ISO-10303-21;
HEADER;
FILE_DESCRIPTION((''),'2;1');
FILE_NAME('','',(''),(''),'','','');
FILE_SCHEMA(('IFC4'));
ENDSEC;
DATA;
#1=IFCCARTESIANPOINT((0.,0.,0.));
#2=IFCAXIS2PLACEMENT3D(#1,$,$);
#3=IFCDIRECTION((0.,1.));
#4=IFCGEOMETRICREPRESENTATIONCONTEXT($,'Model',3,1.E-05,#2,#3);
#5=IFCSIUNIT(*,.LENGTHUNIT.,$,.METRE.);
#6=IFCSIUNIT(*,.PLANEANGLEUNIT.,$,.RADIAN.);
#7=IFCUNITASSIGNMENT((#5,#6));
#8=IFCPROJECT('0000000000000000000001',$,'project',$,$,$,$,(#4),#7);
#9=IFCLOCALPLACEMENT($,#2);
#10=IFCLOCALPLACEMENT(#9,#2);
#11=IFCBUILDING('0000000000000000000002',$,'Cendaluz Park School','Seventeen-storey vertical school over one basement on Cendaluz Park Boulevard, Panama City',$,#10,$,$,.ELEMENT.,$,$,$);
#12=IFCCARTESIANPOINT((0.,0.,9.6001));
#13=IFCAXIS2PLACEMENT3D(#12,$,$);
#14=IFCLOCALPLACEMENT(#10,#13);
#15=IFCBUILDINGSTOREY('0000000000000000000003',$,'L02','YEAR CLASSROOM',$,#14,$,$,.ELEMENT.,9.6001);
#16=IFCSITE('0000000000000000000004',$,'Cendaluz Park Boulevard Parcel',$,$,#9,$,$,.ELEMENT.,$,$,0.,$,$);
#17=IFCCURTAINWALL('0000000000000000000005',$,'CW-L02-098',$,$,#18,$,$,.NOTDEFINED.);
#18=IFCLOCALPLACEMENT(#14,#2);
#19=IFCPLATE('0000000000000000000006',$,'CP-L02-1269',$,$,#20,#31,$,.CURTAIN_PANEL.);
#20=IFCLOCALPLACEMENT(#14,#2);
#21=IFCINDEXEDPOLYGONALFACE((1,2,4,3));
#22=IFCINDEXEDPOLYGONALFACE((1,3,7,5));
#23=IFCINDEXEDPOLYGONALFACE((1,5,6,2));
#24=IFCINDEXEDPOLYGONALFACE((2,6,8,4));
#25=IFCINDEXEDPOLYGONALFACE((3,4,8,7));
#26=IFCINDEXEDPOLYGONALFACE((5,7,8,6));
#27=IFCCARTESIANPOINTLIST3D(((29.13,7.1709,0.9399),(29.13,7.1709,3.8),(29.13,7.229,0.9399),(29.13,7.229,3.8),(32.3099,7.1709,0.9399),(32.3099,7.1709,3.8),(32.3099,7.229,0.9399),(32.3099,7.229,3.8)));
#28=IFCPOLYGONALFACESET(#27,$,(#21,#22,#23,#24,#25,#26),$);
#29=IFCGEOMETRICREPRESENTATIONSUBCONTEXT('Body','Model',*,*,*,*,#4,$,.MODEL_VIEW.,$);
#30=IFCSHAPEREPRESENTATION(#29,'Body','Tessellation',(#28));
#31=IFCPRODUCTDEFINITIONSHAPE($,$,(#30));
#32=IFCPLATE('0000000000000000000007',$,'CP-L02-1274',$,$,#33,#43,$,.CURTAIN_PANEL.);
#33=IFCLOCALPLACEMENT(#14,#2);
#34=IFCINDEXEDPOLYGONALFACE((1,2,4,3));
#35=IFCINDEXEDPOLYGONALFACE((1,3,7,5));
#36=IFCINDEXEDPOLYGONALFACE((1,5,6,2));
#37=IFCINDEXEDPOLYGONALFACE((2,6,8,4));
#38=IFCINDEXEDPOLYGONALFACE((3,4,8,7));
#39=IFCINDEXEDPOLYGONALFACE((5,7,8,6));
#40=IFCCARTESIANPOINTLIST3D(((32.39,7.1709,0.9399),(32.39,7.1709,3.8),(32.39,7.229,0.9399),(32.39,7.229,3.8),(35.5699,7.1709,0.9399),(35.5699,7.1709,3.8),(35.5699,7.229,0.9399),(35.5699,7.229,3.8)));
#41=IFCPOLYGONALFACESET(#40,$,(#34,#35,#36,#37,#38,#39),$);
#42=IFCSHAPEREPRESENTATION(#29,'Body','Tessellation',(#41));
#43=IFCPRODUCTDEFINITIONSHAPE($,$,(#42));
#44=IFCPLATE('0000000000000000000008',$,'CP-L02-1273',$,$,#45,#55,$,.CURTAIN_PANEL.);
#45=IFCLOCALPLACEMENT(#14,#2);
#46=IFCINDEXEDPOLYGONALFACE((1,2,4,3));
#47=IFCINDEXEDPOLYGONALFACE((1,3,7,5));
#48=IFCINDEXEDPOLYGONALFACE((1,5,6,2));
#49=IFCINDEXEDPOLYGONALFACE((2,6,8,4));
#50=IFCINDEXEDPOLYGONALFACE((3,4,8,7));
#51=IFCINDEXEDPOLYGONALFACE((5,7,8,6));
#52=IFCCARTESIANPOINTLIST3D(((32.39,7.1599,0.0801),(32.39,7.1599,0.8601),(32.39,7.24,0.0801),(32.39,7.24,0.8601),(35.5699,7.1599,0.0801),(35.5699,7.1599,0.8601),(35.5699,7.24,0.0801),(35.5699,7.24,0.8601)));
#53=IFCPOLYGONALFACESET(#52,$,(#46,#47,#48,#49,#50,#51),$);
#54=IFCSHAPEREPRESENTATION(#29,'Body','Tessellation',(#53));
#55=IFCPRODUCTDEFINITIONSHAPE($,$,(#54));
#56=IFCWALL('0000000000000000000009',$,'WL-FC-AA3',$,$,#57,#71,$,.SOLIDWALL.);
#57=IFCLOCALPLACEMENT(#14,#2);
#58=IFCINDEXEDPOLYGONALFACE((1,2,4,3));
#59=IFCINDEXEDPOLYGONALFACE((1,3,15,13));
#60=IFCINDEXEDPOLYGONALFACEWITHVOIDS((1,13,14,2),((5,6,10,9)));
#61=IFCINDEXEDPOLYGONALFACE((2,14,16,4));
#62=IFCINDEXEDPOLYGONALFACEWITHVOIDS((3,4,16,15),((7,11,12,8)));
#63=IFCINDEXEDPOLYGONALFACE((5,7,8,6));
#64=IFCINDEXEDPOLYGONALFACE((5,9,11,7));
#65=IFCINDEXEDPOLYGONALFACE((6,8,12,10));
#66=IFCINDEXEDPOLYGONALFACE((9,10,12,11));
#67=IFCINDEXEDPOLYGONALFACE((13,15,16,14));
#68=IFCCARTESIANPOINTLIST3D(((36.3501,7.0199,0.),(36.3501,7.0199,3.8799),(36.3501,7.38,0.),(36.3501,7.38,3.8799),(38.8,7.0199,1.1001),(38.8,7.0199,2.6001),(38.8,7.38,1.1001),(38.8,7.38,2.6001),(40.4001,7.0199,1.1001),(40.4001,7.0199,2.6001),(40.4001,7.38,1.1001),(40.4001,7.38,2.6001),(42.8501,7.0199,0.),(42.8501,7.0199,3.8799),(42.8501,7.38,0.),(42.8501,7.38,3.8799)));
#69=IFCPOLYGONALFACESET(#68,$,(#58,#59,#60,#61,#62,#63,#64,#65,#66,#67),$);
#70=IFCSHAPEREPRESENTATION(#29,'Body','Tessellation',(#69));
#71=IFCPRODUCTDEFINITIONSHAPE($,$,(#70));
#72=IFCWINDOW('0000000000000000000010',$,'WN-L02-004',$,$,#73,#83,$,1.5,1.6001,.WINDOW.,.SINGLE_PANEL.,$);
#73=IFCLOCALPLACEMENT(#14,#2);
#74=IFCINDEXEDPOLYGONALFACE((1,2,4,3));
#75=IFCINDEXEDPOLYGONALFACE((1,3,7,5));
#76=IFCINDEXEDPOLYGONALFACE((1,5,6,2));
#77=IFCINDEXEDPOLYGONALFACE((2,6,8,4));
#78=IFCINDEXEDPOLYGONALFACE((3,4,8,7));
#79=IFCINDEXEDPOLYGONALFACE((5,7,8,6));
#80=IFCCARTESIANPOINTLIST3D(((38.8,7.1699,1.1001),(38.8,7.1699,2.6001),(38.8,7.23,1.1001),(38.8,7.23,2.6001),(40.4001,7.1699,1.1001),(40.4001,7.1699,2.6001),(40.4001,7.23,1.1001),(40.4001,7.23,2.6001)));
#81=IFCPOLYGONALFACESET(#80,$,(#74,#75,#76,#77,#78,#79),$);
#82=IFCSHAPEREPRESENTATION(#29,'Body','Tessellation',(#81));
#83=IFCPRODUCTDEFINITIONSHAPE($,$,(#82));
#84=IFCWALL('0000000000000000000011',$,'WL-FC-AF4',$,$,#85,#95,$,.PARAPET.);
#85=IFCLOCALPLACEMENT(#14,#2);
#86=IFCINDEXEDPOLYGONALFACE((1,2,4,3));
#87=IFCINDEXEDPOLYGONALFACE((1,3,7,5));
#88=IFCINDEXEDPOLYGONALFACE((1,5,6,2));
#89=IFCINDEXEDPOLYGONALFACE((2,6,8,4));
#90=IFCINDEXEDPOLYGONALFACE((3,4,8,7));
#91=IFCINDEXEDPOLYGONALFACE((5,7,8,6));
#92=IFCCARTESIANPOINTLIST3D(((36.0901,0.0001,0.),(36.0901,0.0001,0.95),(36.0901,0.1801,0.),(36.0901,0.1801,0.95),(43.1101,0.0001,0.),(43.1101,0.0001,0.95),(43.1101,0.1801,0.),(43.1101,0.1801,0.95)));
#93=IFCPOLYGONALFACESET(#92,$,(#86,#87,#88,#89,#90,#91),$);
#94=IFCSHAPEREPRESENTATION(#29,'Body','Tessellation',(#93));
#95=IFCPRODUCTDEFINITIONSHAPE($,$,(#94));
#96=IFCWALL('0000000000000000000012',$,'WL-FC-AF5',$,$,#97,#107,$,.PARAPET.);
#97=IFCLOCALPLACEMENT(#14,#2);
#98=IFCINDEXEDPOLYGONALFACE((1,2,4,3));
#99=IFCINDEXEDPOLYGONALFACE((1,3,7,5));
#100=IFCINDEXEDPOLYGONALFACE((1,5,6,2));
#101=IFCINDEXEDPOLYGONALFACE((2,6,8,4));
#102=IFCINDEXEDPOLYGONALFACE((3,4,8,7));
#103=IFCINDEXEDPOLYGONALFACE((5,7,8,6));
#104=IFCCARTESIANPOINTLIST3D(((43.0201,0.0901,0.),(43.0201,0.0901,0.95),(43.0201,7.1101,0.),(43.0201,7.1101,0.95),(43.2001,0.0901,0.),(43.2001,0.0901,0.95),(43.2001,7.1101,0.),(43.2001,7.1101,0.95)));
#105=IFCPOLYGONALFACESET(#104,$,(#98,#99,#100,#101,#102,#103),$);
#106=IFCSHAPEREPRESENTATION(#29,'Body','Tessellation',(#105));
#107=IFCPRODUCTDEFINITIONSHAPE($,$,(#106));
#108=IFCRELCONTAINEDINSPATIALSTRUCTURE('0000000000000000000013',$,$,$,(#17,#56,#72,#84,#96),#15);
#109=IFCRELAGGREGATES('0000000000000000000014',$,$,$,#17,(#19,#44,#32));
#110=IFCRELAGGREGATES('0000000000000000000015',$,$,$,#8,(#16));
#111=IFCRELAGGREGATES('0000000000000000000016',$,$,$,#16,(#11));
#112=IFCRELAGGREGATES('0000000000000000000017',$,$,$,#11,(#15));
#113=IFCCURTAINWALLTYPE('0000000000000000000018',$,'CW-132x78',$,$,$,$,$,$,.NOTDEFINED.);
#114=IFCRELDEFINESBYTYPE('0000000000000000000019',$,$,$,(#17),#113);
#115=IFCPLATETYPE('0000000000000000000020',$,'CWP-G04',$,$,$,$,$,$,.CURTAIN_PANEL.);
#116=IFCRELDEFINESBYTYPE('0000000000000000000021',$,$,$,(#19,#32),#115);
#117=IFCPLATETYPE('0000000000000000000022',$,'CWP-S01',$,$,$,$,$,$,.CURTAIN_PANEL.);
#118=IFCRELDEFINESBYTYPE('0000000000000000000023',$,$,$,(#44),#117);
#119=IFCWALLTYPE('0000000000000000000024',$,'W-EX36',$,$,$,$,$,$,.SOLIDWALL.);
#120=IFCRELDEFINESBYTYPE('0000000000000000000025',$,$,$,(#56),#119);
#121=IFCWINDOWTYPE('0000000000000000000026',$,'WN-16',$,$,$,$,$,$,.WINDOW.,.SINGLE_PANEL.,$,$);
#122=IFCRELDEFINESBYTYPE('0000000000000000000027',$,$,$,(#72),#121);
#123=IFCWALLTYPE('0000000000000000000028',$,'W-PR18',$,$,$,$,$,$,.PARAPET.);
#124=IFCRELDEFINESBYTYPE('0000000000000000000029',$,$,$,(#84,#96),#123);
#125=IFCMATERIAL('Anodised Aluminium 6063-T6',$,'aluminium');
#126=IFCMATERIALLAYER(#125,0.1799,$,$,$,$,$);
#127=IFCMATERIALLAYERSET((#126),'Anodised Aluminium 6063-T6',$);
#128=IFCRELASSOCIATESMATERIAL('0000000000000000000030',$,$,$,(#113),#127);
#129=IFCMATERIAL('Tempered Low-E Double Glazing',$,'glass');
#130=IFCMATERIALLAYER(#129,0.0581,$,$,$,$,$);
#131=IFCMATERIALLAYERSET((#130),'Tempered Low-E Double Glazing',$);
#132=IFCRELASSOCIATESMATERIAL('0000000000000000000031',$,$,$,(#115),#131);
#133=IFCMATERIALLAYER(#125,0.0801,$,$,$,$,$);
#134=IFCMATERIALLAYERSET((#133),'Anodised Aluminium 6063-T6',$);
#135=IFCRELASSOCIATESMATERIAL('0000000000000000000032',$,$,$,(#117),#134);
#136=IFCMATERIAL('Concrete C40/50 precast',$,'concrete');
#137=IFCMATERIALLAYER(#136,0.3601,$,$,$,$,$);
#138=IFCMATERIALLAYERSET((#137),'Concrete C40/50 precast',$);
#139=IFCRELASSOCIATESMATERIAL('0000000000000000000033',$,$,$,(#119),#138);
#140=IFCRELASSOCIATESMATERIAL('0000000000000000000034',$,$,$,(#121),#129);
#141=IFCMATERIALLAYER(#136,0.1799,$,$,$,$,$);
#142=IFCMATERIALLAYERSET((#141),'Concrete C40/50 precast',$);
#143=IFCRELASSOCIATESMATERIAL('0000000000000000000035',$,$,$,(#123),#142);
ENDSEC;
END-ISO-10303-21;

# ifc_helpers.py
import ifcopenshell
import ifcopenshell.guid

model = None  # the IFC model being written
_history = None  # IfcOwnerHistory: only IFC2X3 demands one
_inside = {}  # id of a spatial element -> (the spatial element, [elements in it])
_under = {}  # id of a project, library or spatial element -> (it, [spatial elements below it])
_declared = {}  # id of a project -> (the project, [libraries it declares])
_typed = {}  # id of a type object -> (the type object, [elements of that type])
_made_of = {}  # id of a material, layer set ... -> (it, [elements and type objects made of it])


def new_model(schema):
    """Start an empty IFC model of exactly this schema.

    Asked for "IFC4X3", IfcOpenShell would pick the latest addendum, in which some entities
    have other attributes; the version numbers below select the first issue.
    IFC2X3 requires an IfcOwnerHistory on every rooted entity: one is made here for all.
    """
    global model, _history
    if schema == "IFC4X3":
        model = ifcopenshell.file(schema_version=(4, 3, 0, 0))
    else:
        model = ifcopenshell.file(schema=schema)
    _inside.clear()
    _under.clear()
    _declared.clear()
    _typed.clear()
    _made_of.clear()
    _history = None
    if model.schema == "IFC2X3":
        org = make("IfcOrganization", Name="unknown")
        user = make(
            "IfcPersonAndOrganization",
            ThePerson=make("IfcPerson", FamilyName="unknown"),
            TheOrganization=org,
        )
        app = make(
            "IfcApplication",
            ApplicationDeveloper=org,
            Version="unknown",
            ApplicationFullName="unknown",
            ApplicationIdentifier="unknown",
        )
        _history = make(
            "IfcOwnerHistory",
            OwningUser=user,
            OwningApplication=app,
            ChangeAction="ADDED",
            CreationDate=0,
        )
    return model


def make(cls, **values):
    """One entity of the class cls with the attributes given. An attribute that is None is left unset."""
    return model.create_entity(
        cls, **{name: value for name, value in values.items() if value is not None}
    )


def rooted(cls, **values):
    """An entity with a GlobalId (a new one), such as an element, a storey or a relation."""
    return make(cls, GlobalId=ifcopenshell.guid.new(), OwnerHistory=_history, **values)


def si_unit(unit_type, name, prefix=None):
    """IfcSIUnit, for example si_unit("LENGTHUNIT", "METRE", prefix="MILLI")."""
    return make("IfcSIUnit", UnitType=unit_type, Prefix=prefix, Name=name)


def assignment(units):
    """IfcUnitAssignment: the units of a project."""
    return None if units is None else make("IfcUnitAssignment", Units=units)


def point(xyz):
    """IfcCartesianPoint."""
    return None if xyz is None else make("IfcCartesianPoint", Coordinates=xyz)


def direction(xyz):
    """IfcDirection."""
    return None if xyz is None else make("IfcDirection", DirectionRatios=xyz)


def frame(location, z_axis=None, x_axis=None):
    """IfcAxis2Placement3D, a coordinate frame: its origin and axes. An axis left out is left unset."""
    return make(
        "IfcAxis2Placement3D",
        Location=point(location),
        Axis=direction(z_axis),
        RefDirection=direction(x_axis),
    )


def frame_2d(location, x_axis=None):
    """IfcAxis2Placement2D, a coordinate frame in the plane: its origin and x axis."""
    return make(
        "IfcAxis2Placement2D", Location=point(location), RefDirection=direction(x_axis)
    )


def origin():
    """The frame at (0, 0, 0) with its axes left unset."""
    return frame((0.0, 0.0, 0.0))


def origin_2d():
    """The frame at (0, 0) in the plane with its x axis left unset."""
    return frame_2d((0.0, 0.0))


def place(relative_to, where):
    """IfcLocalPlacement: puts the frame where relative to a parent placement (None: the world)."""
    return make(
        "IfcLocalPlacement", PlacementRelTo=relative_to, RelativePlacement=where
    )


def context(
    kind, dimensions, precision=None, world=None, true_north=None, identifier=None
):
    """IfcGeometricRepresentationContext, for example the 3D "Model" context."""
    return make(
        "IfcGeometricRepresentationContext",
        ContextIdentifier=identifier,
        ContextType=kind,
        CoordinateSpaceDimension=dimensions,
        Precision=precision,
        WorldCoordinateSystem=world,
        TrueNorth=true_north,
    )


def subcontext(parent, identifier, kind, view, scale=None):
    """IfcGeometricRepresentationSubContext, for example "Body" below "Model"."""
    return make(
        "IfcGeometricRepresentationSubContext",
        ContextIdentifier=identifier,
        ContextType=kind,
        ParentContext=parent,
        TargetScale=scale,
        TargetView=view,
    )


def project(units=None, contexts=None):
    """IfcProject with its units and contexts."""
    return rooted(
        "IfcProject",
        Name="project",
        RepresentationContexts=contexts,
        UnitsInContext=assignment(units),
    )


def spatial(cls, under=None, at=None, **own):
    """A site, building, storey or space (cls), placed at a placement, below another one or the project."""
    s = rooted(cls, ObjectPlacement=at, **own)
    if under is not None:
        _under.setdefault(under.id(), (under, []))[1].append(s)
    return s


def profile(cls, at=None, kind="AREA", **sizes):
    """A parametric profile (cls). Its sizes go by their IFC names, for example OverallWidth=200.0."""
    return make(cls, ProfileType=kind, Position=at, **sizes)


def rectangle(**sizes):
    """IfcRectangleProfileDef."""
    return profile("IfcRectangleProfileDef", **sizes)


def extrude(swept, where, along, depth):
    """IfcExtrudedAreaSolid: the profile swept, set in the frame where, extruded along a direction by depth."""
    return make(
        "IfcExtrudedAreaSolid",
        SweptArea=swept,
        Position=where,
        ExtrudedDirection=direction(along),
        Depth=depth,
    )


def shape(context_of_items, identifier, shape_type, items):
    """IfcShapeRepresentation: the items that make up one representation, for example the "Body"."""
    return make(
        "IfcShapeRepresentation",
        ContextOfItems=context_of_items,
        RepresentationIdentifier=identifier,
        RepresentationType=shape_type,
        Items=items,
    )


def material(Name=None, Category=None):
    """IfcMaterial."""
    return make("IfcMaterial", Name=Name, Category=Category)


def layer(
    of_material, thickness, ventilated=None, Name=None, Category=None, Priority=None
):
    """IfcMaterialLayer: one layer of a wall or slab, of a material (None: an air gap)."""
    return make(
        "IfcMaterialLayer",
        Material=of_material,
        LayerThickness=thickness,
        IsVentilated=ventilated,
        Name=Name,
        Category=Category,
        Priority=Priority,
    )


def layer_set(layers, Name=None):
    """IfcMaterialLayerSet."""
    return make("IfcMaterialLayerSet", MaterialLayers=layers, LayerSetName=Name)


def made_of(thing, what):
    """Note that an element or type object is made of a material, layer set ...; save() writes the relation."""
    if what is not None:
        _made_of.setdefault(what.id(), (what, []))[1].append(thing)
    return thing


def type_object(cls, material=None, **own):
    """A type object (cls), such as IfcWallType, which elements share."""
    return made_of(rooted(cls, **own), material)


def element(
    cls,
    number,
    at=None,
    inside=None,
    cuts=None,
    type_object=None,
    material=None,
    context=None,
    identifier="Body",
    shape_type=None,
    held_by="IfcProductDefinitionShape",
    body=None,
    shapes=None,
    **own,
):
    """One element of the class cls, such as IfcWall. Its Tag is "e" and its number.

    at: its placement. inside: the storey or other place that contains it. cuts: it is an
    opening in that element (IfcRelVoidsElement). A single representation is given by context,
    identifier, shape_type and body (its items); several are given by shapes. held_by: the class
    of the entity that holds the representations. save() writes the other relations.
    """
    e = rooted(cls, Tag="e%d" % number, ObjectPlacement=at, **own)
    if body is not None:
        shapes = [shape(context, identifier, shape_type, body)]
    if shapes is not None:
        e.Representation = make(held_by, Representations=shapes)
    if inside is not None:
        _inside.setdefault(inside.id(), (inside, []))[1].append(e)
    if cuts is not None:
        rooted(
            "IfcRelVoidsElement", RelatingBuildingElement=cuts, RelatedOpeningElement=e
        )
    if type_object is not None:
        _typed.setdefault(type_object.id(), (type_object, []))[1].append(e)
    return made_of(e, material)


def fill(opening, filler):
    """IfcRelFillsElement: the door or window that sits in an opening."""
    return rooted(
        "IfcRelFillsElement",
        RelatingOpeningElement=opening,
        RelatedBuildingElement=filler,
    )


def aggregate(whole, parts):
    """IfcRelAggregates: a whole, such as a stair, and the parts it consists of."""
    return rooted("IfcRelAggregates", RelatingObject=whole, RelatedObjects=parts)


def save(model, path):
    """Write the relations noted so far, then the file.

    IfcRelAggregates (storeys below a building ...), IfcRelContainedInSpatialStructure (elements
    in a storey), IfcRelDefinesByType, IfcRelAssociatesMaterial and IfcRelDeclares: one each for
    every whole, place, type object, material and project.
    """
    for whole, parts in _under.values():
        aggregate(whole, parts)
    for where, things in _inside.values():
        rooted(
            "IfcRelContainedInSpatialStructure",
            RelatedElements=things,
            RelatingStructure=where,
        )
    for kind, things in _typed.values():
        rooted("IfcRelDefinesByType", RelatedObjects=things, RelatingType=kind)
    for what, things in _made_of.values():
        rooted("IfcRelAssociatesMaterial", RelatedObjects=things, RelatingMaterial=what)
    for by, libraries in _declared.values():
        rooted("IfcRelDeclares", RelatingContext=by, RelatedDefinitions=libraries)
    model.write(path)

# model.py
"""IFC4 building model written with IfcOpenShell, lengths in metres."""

from ifc_helpers import new_model, si_unit, direction, frame, frame_2d, origin, origin_2d, place, context, subcontext, project, spatial, rectangle, extrude, material, layer, layer_set, type_object, element, fill, aggregate, save


model = new_model("IFC4")

# Units and contexts
model_context = context("Model", 3, precision=1e-05, world=origin(), true_north=direction((0.0, 1.0)))
body_context = subcontext(model_context, "Body", "Model", "MODEL_VIEW")
ifc_project = project(units=[si_unit("LENGTHUNIT", "METRE"), si_unit("PLANEANGLEUNIT", "RADIAN")], contexts=[model_context])

# Site, building, storey
site_placement = place(None, origin())
site = spatial("IfcSite", under=ifc_project, at=site_placement, Name="Cendaluz Park Boulevard Parcel", CompositionType="ELEMENT", RefElevation=0.0)
building_placement = place(site_placement, origin())
building = spatial("IfcBuilding", under=site, at=building_placement, Name="Cendaluz Park School", Description="Seventeen-storey vertical school over one basement on Cendaluz Park Boulevard, Panama City", CompositionType="ELEMENT")
storey_placement = place(building_placement, frame((0.0, 0.0, 9.6001)))
storey = spatial("IfcBuildingStorey", under=building, at=storey_placement, Name="L02", Description="YEAR CLASSROOM", CompositionType="ELEMENT", Elevation=9.6001)

# Curtain wall
ifc_material_1 = material(Name="Anodised Aluminium 6063-T6", Category="aluminium")
ifc_layer_1 = layer(ifc_material_1, 0.1799)
ifc_layer_set_1 = layer_set([ifc_layer_1], Name="Anodised Aluminium 6063-T6")
curtain_wall_type = type_object("IfcCurtainWallType", Name="CW-132x78", PredefinedType="NOTDEFINED", material=ifc_layer_set_1)
curtain_wall_placement = place(storey_placement, origin())
curtain_wall = element("IfcCurtainWall", 1, at=curtain_wall_placement, inside=storey, type_object=curtain_wall_type, Name="CW-L02-098", PredefinedType="NOTDEFINED")

# Plates
ifc_material_2 = material(Name="Tempered Low-E Double Glazing", Category="glass")
ifc_layer_2 = layer(ifc_material_2, 0.0581)
ifc_layer_set_2 = layer_set([ifc_layer_2], Name="Tempered Low-E Double Glazing")
plate_type_1 = type_object("IfcPlateType", Name="CWP-G04", PredefinedType="CURTAIN_PANEL", material=ifc_layer_set_2)
plate_1_placement = place(storey_placement, frame((30.72, 7.2, 0.9399), z_axis=(0.0, 0.0, 1.0), x_axis=(1.0, 0.0, 0.0)))
plate_1 = element("IfcPlate", 2, at=plate_1_placement, type_object=plate_type_1, Name="CP-L02-1269", PredefinedType="CURTAIN_PANEL", context=body_context, shape_type="SweptSolid", body=[
    extrude(rectangle(XDim=3.1799, YDim=0.0581, at=origin_2d()), origin(), (0.0, 0.0, 1.0), 2.8601),
])
plate_2_placement = place(storey_placement, frame((33.98, 7.2, 0.9399), z_axis=(0.0, 0.0, 1.0), x_axis=(1.0, 0.0, 0.0)))
plate_2 = element("IfcPlate", 3, at=plate_2_placement, type_object=plate_type_1, Name="CP-L02-1274", PredefinedType="CURTAIN_PANEL", context=body_context, shape_type="SweptSolid", body=[
    extrude(rectangle(XDim=3.1799, YDim=0.0581, at=origin_2d()), origin(), (0.0, 0.0, 1.0), 2.8601),
])
ifc_layer_3 = layer(ifc_material_1, 0.0801)
ifc_layer_set_3 = layer_set([ifc_layer_3], Name="Anodised Aluminium 6063-T6")
plate_type_2 = type_object("IfcPlateType", Name="CWP-S01", PredefinedType="CURTAIN_PANEL", material=ifc_layer_set_3)
plate_3_placement = place(storey_placement, frame((33.98, 7.2, 0.0801), z_axis=(0.0, 0.0, 1.0), x_axis=(1.0, 0.0, 0.0)))
plate_3 = element("IfcPlate", 4, at=plate_3_placement, type_object=plate_type_2, Name="CP-L02-1273", PredefinedType="CURTAIN_PANEL", context=body_context, shape_type="SweptSolid", body=[
    extrude(rectangle(XDim=3.1799, YDim=0.0801, at=origin_2d()), origin(), (0.0, 0.0, 1.0), 0.78),
])
aggregate(curtain_wall, [plate_1, plate_3, plate_2])

# Wall, opening, window
ifc_material_3 = material(Name="Concrete C40/50 precast", Category="concrete")
ifc_layer_4 = layer(ifc_material_3, 0.3601)
ifc_layer_set_4 = layer_set([ifc_layer_4], Name="Concrete C40/50 precast")
wall_type_1 = type_object("IfcWallType", Name="W-EX36", PredefinedType="SOLIDWALL", material=ifc_layer_set_4)
wall_placement = place(storey_placement, frame((36.3501, 7.2, 0.0), z_axis=(0.0, 0.0, 1.0), x_axis=(1.0, 0.0, 0.0)))
wall = element("IfcWall", 5, at=wall_placement, inside=storey, type_object=wall_type_1, Name="WL-FC-AA3", PredefinedType="SOLIDWALL", context=body_context, shape_type="SweptSolid", body=[
    extrude(rectangle(XDim=6.5, YDim=0.3601, at=frame_2d((3.25, 0.0))), origin(), (0.0, 0.0, 1.0), 3.8799),
])
opening_placement = place(wall_placement, frame((2.45, 0.0, 1.1001)))
opening = element("IfcOpeningElement", 6, at=opening_placement, cuts=wall, PredefinedType="OPENING", context=body_context, shape_type="SweptSolid", body=[
    extrude(rectangle(XDim=1.6001, YDim=1.5, at=frame_2d((0.8, 0.75))), frame((0.0, 0.1921, 0.0), z_axis=(0.0, -1.0, 0.0), x_axis=(1.0, 0.0, 0.0)), (0.0, 0.0, 1.0), 0.384),
])
window_type = type_object("IfcWindowType", Name="WN-16", PartitioningType="SINGLE_PANEL", PredefinedType="WINDOW", material=ifc_material_2)
window_placement = place(opening_placement, origin())
window = element("IfcWindow", 7, at=window_placement, inside=storey, type_object=window_type, Name="WN-L02-004", OverallHeight=1.5, OverallWidth=1.6001, PartitioningType="SINGLE_PANEL", PredefinedType="WINDOW", context=body_context, shape_type="SweptSolid", body=[
    extrude(rectangle(XDim=1.6001, YDim=1.5, at=frame_2d((0.8, 0.75))), frame((0.0, 0.03, 0.0), z_axis=(0.0, -1.0, 0.0), x_axis=(1.0, 0.0, 0.0)), (0.0, 0.0, 1.0), 0.0601),
])
fill(opening, window)

# Walls
ifc_layer_5 = layer(ifc_material_3, 0.1799)
ifc_layer_set_5 = layer_set([ifc_layer_5], Name="Concrete C40/50 precast")
wall_type_2 = type_object("IfcWallType", Name="W-PR18", PredefinedType="PARAPET", material=ifc_layer_set_5)
for number, where, z_axis, x_axis, name in (
    (8, (36.0901, 0.0901, 0.0), (0.0, 0.0, 1.0), (1.0, 0.0, 0.0), "WL-FC-AF4"),
    (9, (43.1101, 0.0901, 0.0), (0.0, 0.0, 1.0), (0.0, 1.0, 0.0), "WL-FC-AF5"),
):
    element("IfcWall", number, at=place(storey_placement, frame(where, z_axis=z_axis, x_axis=x_axis)), inside=storey, type_object=wall_type_2, Name=name, PredefinedType="PARAPET", context=body_context, shape_type="SweptSolid", body=[
        extrude(rectangle(XDim=7.02, YDim=0.1799, at=frame_2d((3.51, 0.0))), origin(), (0.0, 0.0, 1.0), 0.95),
    ])

save(model, "model.ifc")
